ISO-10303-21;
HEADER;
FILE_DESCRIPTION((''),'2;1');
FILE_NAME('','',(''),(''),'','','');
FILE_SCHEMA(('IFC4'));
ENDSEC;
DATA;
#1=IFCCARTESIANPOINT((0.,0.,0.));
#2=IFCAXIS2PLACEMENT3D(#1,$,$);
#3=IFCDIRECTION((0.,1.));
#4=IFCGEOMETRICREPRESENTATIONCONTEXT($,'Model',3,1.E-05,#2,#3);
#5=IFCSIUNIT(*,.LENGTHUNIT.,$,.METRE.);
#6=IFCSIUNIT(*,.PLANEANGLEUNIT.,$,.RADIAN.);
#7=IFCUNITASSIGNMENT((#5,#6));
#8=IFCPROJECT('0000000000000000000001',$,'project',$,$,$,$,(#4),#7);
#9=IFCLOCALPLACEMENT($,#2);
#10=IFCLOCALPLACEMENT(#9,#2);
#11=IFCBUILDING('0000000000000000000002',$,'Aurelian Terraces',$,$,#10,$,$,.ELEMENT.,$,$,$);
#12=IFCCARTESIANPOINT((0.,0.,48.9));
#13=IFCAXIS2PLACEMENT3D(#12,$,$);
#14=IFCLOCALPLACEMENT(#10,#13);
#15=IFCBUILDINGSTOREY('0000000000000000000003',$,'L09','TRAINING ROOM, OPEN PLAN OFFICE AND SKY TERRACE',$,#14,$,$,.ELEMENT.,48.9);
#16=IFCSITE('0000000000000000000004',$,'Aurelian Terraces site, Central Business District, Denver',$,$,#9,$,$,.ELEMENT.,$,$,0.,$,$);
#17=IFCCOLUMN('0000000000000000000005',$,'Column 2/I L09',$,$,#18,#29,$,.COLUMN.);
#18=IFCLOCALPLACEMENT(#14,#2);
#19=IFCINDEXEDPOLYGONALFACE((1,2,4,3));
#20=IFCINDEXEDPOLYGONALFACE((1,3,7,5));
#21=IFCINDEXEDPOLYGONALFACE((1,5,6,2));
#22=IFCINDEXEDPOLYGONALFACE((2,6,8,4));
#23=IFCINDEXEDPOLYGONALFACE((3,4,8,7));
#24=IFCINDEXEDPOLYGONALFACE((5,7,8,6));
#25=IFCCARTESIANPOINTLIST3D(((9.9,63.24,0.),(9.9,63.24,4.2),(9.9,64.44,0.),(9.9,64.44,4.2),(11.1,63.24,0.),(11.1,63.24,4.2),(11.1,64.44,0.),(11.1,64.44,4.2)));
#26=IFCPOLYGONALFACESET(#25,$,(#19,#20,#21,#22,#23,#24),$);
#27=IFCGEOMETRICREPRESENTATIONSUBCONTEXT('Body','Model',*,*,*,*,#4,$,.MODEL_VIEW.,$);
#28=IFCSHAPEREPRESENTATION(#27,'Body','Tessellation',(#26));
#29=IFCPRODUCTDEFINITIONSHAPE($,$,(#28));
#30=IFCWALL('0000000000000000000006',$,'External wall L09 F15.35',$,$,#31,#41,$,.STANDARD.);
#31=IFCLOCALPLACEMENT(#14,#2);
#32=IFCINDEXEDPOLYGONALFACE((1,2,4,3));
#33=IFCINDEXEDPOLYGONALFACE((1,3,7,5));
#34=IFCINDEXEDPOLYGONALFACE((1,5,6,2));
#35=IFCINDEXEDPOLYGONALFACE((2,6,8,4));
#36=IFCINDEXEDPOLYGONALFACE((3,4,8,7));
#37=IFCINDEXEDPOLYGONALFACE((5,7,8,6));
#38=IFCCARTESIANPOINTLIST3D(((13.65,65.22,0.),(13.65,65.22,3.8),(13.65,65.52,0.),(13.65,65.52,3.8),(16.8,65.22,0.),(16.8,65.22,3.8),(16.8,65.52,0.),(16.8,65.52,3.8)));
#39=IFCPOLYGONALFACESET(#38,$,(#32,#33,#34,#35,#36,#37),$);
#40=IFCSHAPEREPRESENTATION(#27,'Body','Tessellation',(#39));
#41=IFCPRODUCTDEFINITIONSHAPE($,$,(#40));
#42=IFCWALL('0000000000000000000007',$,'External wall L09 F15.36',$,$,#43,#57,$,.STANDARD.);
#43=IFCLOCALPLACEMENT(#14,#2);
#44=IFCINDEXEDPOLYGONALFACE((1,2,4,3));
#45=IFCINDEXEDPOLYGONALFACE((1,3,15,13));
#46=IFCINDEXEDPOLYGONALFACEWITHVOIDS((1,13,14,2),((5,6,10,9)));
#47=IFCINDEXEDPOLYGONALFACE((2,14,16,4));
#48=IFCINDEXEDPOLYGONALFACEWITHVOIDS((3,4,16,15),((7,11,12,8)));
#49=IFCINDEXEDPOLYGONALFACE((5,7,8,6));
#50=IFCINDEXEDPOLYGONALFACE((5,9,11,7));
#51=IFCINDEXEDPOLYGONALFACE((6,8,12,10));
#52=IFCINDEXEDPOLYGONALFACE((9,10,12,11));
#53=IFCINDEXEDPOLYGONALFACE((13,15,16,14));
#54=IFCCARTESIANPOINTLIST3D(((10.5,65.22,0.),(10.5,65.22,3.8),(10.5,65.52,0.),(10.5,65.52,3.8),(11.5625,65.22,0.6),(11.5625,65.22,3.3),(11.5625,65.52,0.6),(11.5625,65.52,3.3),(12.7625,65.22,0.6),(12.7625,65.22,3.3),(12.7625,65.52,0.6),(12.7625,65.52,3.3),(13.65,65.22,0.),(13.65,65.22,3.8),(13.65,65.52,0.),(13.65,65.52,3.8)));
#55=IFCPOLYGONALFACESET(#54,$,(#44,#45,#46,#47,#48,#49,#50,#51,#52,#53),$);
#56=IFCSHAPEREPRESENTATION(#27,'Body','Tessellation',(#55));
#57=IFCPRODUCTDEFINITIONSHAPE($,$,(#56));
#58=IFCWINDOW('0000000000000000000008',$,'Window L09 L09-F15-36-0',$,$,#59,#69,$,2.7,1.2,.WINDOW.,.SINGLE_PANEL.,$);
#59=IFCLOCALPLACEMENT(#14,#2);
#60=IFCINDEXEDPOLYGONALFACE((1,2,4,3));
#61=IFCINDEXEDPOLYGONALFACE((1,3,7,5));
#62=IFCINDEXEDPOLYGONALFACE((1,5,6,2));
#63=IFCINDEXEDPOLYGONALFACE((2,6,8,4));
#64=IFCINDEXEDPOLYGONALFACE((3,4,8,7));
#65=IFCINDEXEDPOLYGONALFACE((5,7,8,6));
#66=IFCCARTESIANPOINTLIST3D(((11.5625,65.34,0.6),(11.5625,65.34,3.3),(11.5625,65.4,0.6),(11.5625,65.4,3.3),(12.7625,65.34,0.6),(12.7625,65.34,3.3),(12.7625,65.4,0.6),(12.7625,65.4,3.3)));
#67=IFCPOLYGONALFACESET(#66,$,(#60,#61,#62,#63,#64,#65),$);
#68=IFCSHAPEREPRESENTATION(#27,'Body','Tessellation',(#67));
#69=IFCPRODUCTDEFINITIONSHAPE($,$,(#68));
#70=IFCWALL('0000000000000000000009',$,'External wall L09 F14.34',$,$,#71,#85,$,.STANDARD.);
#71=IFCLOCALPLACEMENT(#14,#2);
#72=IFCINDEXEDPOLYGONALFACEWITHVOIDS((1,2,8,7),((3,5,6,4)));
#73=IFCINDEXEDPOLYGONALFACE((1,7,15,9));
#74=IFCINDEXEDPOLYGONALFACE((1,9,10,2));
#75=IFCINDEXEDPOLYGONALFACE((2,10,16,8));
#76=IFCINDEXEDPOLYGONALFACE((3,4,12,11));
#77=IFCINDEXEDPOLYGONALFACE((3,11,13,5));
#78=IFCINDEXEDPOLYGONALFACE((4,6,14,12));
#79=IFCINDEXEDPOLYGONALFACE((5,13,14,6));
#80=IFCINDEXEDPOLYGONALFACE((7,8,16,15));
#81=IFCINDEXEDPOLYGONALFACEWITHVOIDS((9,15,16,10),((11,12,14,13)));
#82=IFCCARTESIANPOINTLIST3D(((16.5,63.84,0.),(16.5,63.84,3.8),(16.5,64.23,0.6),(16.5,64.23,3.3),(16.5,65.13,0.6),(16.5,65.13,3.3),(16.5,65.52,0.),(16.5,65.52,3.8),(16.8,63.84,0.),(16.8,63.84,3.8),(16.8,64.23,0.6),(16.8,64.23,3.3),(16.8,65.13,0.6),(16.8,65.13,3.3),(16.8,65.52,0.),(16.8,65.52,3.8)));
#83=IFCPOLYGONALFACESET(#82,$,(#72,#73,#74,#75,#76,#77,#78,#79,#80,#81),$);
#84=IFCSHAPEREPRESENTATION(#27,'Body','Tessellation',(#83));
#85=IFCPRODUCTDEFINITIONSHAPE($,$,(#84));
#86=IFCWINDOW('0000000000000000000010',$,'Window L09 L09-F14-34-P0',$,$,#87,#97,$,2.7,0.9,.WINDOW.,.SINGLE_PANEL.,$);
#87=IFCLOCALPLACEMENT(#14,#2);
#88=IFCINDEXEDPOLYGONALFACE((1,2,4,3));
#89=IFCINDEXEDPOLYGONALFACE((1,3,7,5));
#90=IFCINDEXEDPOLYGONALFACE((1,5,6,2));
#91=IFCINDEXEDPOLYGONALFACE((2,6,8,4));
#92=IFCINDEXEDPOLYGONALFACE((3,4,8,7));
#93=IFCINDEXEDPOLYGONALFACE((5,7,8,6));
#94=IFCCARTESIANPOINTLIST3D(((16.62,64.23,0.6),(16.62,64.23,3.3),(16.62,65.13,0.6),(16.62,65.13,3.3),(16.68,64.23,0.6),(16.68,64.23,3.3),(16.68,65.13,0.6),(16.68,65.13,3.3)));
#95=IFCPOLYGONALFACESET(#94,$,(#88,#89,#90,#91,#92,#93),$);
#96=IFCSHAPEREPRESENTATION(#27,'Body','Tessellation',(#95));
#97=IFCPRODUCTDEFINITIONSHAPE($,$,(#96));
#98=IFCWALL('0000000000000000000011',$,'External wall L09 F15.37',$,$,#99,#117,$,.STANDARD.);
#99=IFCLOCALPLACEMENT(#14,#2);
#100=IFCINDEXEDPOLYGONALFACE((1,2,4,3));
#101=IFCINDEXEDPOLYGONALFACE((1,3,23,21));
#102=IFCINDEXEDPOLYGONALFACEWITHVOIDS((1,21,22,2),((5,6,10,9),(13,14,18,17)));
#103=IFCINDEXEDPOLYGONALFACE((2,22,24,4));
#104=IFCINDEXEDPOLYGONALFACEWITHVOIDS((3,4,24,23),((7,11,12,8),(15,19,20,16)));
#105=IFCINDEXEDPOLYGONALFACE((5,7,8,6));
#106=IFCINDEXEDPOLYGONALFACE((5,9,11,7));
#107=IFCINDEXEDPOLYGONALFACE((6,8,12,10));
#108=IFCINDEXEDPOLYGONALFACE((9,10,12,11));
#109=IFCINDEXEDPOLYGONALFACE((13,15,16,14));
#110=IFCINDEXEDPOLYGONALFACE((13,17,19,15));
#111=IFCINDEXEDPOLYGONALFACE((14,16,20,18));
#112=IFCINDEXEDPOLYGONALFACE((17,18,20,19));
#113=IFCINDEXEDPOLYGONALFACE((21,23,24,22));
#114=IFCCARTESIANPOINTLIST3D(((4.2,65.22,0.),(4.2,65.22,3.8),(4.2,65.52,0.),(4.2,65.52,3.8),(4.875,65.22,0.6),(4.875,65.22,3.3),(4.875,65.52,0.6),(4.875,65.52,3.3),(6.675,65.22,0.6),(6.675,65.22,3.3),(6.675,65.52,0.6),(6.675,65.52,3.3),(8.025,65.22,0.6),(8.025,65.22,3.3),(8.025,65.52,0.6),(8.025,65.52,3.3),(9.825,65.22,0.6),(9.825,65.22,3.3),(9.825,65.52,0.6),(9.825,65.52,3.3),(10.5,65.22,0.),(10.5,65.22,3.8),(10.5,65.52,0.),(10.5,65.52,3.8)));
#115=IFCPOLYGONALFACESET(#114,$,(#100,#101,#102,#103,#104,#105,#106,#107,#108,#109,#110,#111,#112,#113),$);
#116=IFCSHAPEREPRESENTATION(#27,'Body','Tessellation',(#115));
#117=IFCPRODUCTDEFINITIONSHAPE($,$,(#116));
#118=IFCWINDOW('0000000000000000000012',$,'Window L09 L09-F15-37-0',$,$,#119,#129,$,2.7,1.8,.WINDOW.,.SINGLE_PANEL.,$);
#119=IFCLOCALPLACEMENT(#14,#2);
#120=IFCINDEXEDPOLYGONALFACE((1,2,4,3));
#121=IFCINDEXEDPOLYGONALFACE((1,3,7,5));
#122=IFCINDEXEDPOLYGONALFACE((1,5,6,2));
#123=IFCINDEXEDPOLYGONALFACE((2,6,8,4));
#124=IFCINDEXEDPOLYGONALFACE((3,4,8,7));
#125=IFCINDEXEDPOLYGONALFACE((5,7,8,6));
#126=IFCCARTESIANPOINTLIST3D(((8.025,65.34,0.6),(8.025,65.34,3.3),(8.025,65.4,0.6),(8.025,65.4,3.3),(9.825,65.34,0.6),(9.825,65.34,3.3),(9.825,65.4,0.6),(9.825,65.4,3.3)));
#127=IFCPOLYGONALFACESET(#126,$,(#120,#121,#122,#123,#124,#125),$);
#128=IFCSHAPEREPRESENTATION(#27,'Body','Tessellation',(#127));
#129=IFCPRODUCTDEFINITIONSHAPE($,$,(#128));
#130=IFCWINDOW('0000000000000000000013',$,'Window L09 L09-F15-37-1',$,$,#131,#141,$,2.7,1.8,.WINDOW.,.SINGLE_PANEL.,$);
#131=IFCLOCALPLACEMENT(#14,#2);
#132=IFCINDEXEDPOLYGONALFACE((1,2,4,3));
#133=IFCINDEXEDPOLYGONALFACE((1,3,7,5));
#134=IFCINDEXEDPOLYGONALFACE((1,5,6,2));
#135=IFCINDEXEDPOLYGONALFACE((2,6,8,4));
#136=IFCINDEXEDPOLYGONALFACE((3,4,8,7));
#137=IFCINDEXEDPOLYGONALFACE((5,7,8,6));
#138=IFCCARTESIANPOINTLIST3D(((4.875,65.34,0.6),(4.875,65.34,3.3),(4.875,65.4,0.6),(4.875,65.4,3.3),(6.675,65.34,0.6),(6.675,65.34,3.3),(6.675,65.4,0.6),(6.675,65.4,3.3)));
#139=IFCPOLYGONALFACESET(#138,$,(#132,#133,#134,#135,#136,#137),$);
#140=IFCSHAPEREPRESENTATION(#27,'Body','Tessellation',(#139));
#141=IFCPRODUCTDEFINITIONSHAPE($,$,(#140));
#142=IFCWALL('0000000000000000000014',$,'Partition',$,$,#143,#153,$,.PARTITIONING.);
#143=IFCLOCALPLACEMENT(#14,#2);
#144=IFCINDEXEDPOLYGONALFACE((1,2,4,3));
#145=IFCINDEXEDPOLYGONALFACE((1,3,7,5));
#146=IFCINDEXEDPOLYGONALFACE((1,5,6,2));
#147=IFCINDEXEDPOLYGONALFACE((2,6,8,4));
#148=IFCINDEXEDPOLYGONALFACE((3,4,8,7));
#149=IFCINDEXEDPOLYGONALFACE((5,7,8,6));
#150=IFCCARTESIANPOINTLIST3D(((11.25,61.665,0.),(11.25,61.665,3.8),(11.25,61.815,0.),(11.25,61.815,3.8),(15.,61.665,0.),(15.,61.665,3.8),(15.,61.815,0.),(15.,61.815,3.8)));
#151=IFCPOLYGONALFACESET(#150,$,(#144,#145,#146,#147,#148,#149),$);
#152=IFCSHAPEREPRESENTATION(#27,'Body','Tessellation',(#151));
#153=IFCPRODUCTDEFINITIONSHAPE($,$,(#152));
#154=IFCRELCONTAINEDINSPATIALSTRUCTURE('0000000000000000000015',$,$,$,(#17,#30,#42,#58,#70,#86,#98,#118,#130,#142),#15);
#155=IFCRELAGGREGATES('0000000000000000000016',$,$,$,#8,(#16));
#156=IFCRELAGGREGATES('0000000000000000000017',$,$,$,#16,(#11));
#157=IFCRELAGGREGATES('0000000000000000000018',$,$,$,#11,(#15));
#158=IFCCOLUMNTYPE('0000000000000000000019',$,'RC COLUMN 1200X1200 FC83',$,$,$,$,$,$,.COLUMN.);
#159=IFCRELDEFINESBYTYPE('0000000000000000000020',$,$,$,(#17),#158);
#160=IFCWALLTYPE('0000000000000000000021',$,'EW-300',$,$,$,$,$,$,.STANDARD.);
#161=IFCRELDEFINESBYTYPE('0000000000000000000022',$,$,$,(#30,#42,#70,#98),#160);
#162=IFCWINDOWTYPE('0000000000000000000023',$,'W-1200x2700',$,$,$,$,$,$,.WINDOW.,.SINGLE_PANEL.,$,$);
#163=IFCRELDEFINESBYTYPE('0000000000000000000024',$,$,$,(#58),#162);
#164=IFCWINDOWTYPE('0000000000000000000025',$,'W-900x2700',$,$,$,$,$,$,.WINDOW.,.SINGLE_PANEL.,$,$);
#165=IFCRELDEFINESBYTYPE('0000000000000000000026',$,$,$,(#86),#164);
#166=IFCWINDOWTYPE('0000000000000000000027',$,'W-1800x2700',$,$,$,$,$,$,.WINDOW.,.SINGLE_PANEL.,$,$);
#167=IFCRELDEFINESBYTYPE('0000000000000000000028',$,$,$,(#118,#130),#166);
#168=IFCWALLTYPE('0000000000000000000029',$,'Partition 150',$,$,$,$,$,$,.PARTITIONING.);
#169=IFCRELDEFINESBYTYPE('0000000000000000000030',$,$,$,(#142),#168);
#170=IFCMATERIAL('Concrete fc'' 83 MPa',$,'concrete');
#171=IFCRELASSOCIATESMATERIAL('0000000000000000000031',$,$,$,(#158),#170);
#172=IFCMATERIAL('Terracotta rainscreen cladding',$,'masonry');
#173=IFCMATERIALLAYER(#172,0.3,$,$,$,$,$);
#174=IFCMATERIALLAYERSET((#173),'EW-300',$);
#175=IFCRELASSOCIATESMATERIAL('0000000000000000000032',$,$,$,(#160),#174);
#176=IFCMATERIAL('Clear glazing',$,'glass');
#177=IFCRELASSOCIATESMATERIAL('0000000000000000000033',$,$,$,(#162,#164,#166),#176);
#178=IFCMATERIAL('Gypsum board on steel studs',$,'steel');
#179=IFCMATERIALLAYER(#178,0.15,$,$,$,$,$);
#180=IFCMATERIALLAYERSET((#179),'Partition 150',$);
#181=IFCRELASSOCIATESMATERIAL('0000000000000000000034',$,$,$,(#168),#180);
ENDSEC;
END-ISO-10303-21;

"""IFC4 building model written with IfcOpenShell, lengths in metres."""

from ifc_helpers import new_model, si_unit, direction, frame, frame_2d, origin, origin_2d, place, context, subcontext, project, spatial, rectangle, extrude, source, transform, mapped, material, layer, layer_set, material_profile, profile_set, type_object, element, fill, save


model = new_model("IFC4")

# Units and contexts
model_context = context("Model", 3, precision=1e-05, world=origin(), true_north=direction((0.0, 1.0)))
body_context = subcontext(model_context, "Body", "Model", "MODEL_VIEW")
ifc_project = project(units=[si_unit("LENGTHUNIT", "METRE"), si_unit("PLANEANGLEUNIT", "RADIAN")], contexts=[model_context])

# Site, building, storey
site_placement = place(None, origin())
site = spatial("IfcSite", under=ifc_project, at=site_placement, Name="Aurelian Terraces site, Central Business District, Denver", CompositionType="ELEMENT", RefElevation=0.0)
building_placement = place(site_placement, origin())
building = spatial("IfcBuilding", under=site, at=building_placement, Name="Aurelian Terraces", CompositionType="ELEMENT")
storey_placement = place(building_placement, frame((0.0, 0.0, 48.9)))
storey = spatial("IfcBuildingStorey", under=building, at=storey_placement, Name="L09", Description="TRAINING ROOM, OPEN PLAN OFFICE AND SKY TERRACE", CompositionType="ELEMENT", Elevation=48.9)

# Column
ifc_material_1 = material(Name="Concrete fc' 83 MPa", Category="concrete")
ifc_material_profile = material_profile(ifc_material_1, rectangle(XDim=1.2, YDim=1.2, at=origin_2d()))
ifc_profile_set = profile_set([ifc_material_profile], Name="Concrete fc' 83 MPa")
column_type = type_object("IfcColumnType", Name="RC COLUMN 1200X1200 FC83", PredefinedType="COLUMN", material=ifc_profile_set)
shared_shape_1 = source(origin(), body_context, "Body", "SweptSolid", [
    extrude(rectangle(XDim=1.2, YDim=1.2, at=origin_2d()), origin(), (0.0, 0.0, 1.0), 4.2),
])
column_placement = place(storey_placement, frame((10.5, 63.84, 0.0), z_axis=(0.0, 0.0, 1.0), x_axis=(1.0, 0.0, 0.0)))
element("IfcColumn", 1, at=column_placement, inside=storey, type_object=column_type, Name="Column 2/I L09", PredefinedType="COLUMN", context=body_context, shape_type="MappedRepresentation", body=[
    mapped(shared_shape_1, transform((0.0, 0.0, 0.0), scale=1.0)),
])

# Wall
ifc_material_2 = material(Name="Terracotta rainscreen cladding", Category="masonry")
ifc_layer_1 = layer(ifc_material_2, 0.3)
ifc_layer_set_1 = layer_set([ifc_layer_1], Name="EW-300")
wall_type_1 = type_object("IfcWallType", Name="EW-300", PredefinedType="STANDARD", material=ifc_layer_set_1)
shared_shape_2 = source(origin(), body_context, "Body", "SweptSolid", [
    extrude(rectangle(XDim=3.15, YDim=0.3, at=frame_2d((1.575, 0.0))), origin(), (0.0, 0.0, 1.0), 3.8),
])
wall_1_placement = place(storey_placement, frame((16.8, 65.37, 0.0), z_axis=(0.0, 0.0, 1.0), x_axis=(-1.0, 0.0, 0.0)))
element("IfcWall", 2, at=wall_1_placement, inside=storey, type_object=wall_type_1, Name="External wall L09 F15.35", PredefinedType="STANDARD", context=body_context, shape_type="MappedRepresentation", body=[
    mapped(shared_shape_2, transform((0.0, 0.0, 0.0), scale=1.0)),
])

# Walls, openings, windows
wall_2_placement = place(storey_placement, frame((13.65, 65.37, 0.0), z_axis=(0.0, 0.0, 1.0), x_axis=(-1.0, 0.0, 0.0)))
wall_2 = element("IfcWall", 3, at=wall_2_placement, inside=storey, type_object=wall_type_1, Name="External wall L09 F15.36", PredefinedType="STANDARD", context=body_context, shape_type="MappedRepresentation", body=[
    mapped(shared_shape_2, transform((0.0, 0.0, 0.0), scale=1.0)),
])
shared_shape_3 = source(origin(), body_context, "Body", "SweptSolid", [
    extrude(rectangle(XDim=1.2, YDim=2.7, at=frame_2d((0.6, 1.35))), frame((0.0, 0.16, 0.0), z_axis=(0.0, -1.0, 0.0), x_axis=(1.0, 0.0, 0.0)), (0.0, 0.0, 1.0), 0.32),
])
opening_1_placement = place(wall_2_placement, frame((0.8875, 0.0, 0.6)))
opening_1 = element("IfcOpeningElement", 4, at=opening_1_placement, cuts=wall_2, PredefinedType="OPENING", context=body_context, shape_type="MappedRepresentation", body=[
    mapped(shared_shape_3, transform((0.0, 0.0, 0.0), scale=1.0)),
])
ifc_material_3 = material(Name="Clear glazing", Category="glass")
window_type_1 = type_object("IfcWindowType", Name="W-1200x2700", PartitioningType="SINGLE_PANEL", PredefinedType="WINDOW", material=ifc_material_3)
shared_shape_4 = source(origin(), body_context, "Body", "SweptSolid", [
    extrude(rectangle(XDim=1.2, YDim=2.7, at=frame_2d((0.6, 1.35))), frame((0.0, 0.03, 0.0), z_axis=(0.0, -1.0, 0.0), x_axis=(1.0, 0.0, 0.0)), (0.0, 0.0, 1.0), 0.06),
])
window_1_placement = place(opening_1_placement, origin())
window_1 = element("IfcWindow", 5, at=window_1_placement, inside=storey, type_object=window_type_1, Name="Window L09 L09-F15-36-0", OverallHeight=2.7, OverallWidth=1.2, PartitioningType="SINGLE_PANEL", PredefinedType="WINDOW", context=body_context, shape_type="MappedRepresentation", body=[
    mapped(shared_shape_4, transform((0.0, 0.0, 0.0), scale=1.0)),
])
fill(opening_1, window_1)
shared_shape_5 = source(origin(), body_context, "Body", "SweptSolid", [
    extrude(rectangle(XDim=1.68, YDim=0.3, at=frame_2d((0.84, 0.0))), origin(), (0.0, 0.0, 1.0), 3.8),
])
wall_3_placement = place(storey_placement, frame((16.65, 63.84, 0.0), z_axis=(0.0, 0.0, 1.0), x_axis=(0.0, 1.0, 0.0)))
wall_3 = element("IfcWall", 6, at=wall_3_placement, inside=storey, type_object=wall_type_1, Name="External wall L09 F14.34", PredefinedType="STANDARD", context=body_context, shape_type="MappedRepresentation", body=[
    mapped(shared_shape_5, transform((0.0, 0.0, 0.0), scale=1.0)),
])
shared_shape_6 = source(origin(), body_context, "Body", "SweptSolid", [
    extrude(rectangle(XDim=0.9, YDim=2.7, at=frame_2d((0.45, 1.35))), frame((0.0, 0.16, 0.0), z_axis=(0.0, -1.0, 0.0), x_axis=(1.0, 0.0, 0.0)), (0.0, 0.0, 1.0), 0.32),
])
opening_2_placement = place(wall_3_placement, frame((0.39, 0.0, 0.6)))
opening_2 = element("IfcOpeningElement", 7, at=opening_2_placement, cuts=wall_3, PredefinedType="OPENING", context=body_context, shape_type="MappedRepresentation", body=[
    mapped(shared_shape_6, transform((0.0, 0.0, 0.0), scale=1.0)),
])
window_type_2 = type_object("IfcWindowType", Name="W-900x2700", PartitioningType="SINGLE_PANEL", PredefinedType="WINDOW", material=ifc_material_3)
shared_shape_7 = source(origin(), body_context, "Body", "SweptSolid", [
    extrude(rectangle(XDim=0.9, YDim=2.7, at=frame_2d((0.45, 1.35))), frame((0.0, 0.03, 0.0), z_axis=(0.0, -1.0, 0.0), x_axis=(1.0, 0.0, 0.0)), (0.0, 0.0, 1.0), 0.06),
])
window_2_placement = place(opening_2_placement, origin())
window_2 = element("IfcWindow", 8, at=window_2_placement, inside=storey, type_object=window_type_2, Name="Window L09 L09-F14-34-P0", OverallHeight=2.7, OverallWidth=0.9, PartitioningType="SINGLE_PANEL", PredefinedType="WINDOW", context=body_context, shape_type="MappedRepresentation", body=[
    mapped(shared_shape_7, transform((0.0, 0.0, 0.0), scale=1.0)),
])
fill(opening_2, window_2)

# Wall, openings, windows
shared_shape_8 = source(origin(), body_context, "Body", "SweptSolid", [
    extrude(rectangle(XDim=6.3, YDim=0.3, at=frame_2d((3.15, 0.0))), origin(), (0.0, 0.0, 1.0), 3.8),
])
wall_4_placement = place(storey_placement, frame((10.5, 65.37, 0.0), z_axis=(0.0, 0.0, 1.0), x_axis=(-1.0, 0.0, 0.0)))
wall_4 = element("IfcWall", 9, at=wall_4_placement, inside=storey, type_object=wall_type_1, Name="External wall L09 F15.37", PredefinedType="STANDARD", context=body_context, shape_type="MappedRepresentation", body=[
    mapped(shared_shape_8, transform((0.0, 0.0, 0.0), scale=1.0)),
])
shared_shape_9 = source(origin(), body_context, "Body", "SweptSolid", [
    extrude(rectangle(XDim=1.8, YDim=2.7, at=frame_2d((0.9, 1.35))), frame((0.0, 0.16, 0.0), z_axis=(0.0, -1.0, 0.0), x_axis=(1.0, 0.0, 0.0)), (0.0, 0.0, 1.0), 0.32),
])
opening_3_placement = place(wall_4_placement, frame((0.675, 0.0, 0.6)))
opening_3 = element("IfcOpeningElement", 10, at=opening_3_placement, cuts=wall_4, PredefinedType="OPENING", context=body_context, shape_type="MappedRepresentation", body=[
    mapped(shared_shape_9, transform((0.0, 0.0, 0.0), scale=1.0)),
])
opening_4_placement = place(wall_4_placement, frame((3.825, 0.0, 0.6)))
opening_4 = element("IfcOpeningElement", 11, at=opening_4_placement, cuts=wall_4, PredefinedType="OPENING", context=body_context, shape_type="MappedRepresentation", body=[
    mapped(shared_shape_9, transform((0.0, 0.0, 0.0), scale=1.0)),
])
window_type_3 = type_object("IfcWindowType", Name="W-1800x2700", PartitioningType="SINGLE_PANEL", PredefinedType="WINDOW", material=ifc_material_3)
shared_shape_10 = source(origin(), body_context, "Body", "SweptSolid", [
    extrude(rectangle(XDim=1.8, YDim=2.7, at=frame_2d((0.9, 1.35))), frame((0.0, 0.03, 0.0), z_axis=(0.0, -1.0, 0.0), x_axis=(1.0, 0.0, 0.0)), (0.0, 0.0, 1.0), 0.06),
])
window_3_placement = place(opening_3_placement, origin())
window_3 = element("IfcWindow", 12, at=window_3_placement, inside=storey, type_object=window_type_3, Name="Window L09 L09-F15-37-0", OverallHeight=2.7, OverallWidth=1.8, PartitioningType="SINGLE_PANEL", PredefinedType="WINDOW", context=body_context, shape_type="MappedRepresentation", body=[
    mapped(shared_shape_10, transform((0.0, 0.0, 0.0), scale=1.0)),
])
fill(opening_3, window_3)
window_4_placement = place(opening_4_placement, origin())
window_4 = element("IfcWindow", 13, at=window_4_placement, inside=storey, type_object=window_type_3, Name="Window L09 L09-F15-37-1", OverallHeight=2.7, OverallWidth=1.8, PartitioningType="SINGLE_PANEL", PredefinedType="WINDOW", context=body_context, shape_type="MappedRepresentation", body=[
    mapped(shared_shape_10, transform((0.0, 0.0, 0.0), scale=1.0)),
])
fill(opening_4, window_4)

# Wall
ifc_material_4 = material(Name="Gypsum board on steel studs", Category="steel")
ifc_layer_2 = layer(ifc_material_4, 0.15)
ifc_layer_set_2 = layer_set([ifc_layer_2], Name="Partition 150")
wall_type_2 = type_object("IfcWallType", Name="Partition 150", PredefinedType="PARTITIONING", material=ifc_layer_set_2)
shared_shape_11 = source(origin(), body_context, "Body", "SweptSolid", [
    extrude(rectangle(XDim=3.75, YDim=0.15, at=frame_2d((1.875, 0.0))), origin(), (0.0, 0.0, 1.0), 3.8),
])
wall_5_placement = place(storey_placement, frame((15.0, 61.74, 0.0), z_axis=(0.0, 0.0, 1.0), x_axis=(-1.0, 0.0, 0.0)))
element("IfcWall", 14, at=wall_5_placement, inside=storey, type_object=wall_type_2, Name="Partition", PredefinedType="PARTITIONING", context=body_context, shape_type="MappedRepresentation", body=[
    mapped(shared_shape_11, transform((0.0, 0.0, 0.0), scale=1.0)),
])

save(model, "model.ifc")
